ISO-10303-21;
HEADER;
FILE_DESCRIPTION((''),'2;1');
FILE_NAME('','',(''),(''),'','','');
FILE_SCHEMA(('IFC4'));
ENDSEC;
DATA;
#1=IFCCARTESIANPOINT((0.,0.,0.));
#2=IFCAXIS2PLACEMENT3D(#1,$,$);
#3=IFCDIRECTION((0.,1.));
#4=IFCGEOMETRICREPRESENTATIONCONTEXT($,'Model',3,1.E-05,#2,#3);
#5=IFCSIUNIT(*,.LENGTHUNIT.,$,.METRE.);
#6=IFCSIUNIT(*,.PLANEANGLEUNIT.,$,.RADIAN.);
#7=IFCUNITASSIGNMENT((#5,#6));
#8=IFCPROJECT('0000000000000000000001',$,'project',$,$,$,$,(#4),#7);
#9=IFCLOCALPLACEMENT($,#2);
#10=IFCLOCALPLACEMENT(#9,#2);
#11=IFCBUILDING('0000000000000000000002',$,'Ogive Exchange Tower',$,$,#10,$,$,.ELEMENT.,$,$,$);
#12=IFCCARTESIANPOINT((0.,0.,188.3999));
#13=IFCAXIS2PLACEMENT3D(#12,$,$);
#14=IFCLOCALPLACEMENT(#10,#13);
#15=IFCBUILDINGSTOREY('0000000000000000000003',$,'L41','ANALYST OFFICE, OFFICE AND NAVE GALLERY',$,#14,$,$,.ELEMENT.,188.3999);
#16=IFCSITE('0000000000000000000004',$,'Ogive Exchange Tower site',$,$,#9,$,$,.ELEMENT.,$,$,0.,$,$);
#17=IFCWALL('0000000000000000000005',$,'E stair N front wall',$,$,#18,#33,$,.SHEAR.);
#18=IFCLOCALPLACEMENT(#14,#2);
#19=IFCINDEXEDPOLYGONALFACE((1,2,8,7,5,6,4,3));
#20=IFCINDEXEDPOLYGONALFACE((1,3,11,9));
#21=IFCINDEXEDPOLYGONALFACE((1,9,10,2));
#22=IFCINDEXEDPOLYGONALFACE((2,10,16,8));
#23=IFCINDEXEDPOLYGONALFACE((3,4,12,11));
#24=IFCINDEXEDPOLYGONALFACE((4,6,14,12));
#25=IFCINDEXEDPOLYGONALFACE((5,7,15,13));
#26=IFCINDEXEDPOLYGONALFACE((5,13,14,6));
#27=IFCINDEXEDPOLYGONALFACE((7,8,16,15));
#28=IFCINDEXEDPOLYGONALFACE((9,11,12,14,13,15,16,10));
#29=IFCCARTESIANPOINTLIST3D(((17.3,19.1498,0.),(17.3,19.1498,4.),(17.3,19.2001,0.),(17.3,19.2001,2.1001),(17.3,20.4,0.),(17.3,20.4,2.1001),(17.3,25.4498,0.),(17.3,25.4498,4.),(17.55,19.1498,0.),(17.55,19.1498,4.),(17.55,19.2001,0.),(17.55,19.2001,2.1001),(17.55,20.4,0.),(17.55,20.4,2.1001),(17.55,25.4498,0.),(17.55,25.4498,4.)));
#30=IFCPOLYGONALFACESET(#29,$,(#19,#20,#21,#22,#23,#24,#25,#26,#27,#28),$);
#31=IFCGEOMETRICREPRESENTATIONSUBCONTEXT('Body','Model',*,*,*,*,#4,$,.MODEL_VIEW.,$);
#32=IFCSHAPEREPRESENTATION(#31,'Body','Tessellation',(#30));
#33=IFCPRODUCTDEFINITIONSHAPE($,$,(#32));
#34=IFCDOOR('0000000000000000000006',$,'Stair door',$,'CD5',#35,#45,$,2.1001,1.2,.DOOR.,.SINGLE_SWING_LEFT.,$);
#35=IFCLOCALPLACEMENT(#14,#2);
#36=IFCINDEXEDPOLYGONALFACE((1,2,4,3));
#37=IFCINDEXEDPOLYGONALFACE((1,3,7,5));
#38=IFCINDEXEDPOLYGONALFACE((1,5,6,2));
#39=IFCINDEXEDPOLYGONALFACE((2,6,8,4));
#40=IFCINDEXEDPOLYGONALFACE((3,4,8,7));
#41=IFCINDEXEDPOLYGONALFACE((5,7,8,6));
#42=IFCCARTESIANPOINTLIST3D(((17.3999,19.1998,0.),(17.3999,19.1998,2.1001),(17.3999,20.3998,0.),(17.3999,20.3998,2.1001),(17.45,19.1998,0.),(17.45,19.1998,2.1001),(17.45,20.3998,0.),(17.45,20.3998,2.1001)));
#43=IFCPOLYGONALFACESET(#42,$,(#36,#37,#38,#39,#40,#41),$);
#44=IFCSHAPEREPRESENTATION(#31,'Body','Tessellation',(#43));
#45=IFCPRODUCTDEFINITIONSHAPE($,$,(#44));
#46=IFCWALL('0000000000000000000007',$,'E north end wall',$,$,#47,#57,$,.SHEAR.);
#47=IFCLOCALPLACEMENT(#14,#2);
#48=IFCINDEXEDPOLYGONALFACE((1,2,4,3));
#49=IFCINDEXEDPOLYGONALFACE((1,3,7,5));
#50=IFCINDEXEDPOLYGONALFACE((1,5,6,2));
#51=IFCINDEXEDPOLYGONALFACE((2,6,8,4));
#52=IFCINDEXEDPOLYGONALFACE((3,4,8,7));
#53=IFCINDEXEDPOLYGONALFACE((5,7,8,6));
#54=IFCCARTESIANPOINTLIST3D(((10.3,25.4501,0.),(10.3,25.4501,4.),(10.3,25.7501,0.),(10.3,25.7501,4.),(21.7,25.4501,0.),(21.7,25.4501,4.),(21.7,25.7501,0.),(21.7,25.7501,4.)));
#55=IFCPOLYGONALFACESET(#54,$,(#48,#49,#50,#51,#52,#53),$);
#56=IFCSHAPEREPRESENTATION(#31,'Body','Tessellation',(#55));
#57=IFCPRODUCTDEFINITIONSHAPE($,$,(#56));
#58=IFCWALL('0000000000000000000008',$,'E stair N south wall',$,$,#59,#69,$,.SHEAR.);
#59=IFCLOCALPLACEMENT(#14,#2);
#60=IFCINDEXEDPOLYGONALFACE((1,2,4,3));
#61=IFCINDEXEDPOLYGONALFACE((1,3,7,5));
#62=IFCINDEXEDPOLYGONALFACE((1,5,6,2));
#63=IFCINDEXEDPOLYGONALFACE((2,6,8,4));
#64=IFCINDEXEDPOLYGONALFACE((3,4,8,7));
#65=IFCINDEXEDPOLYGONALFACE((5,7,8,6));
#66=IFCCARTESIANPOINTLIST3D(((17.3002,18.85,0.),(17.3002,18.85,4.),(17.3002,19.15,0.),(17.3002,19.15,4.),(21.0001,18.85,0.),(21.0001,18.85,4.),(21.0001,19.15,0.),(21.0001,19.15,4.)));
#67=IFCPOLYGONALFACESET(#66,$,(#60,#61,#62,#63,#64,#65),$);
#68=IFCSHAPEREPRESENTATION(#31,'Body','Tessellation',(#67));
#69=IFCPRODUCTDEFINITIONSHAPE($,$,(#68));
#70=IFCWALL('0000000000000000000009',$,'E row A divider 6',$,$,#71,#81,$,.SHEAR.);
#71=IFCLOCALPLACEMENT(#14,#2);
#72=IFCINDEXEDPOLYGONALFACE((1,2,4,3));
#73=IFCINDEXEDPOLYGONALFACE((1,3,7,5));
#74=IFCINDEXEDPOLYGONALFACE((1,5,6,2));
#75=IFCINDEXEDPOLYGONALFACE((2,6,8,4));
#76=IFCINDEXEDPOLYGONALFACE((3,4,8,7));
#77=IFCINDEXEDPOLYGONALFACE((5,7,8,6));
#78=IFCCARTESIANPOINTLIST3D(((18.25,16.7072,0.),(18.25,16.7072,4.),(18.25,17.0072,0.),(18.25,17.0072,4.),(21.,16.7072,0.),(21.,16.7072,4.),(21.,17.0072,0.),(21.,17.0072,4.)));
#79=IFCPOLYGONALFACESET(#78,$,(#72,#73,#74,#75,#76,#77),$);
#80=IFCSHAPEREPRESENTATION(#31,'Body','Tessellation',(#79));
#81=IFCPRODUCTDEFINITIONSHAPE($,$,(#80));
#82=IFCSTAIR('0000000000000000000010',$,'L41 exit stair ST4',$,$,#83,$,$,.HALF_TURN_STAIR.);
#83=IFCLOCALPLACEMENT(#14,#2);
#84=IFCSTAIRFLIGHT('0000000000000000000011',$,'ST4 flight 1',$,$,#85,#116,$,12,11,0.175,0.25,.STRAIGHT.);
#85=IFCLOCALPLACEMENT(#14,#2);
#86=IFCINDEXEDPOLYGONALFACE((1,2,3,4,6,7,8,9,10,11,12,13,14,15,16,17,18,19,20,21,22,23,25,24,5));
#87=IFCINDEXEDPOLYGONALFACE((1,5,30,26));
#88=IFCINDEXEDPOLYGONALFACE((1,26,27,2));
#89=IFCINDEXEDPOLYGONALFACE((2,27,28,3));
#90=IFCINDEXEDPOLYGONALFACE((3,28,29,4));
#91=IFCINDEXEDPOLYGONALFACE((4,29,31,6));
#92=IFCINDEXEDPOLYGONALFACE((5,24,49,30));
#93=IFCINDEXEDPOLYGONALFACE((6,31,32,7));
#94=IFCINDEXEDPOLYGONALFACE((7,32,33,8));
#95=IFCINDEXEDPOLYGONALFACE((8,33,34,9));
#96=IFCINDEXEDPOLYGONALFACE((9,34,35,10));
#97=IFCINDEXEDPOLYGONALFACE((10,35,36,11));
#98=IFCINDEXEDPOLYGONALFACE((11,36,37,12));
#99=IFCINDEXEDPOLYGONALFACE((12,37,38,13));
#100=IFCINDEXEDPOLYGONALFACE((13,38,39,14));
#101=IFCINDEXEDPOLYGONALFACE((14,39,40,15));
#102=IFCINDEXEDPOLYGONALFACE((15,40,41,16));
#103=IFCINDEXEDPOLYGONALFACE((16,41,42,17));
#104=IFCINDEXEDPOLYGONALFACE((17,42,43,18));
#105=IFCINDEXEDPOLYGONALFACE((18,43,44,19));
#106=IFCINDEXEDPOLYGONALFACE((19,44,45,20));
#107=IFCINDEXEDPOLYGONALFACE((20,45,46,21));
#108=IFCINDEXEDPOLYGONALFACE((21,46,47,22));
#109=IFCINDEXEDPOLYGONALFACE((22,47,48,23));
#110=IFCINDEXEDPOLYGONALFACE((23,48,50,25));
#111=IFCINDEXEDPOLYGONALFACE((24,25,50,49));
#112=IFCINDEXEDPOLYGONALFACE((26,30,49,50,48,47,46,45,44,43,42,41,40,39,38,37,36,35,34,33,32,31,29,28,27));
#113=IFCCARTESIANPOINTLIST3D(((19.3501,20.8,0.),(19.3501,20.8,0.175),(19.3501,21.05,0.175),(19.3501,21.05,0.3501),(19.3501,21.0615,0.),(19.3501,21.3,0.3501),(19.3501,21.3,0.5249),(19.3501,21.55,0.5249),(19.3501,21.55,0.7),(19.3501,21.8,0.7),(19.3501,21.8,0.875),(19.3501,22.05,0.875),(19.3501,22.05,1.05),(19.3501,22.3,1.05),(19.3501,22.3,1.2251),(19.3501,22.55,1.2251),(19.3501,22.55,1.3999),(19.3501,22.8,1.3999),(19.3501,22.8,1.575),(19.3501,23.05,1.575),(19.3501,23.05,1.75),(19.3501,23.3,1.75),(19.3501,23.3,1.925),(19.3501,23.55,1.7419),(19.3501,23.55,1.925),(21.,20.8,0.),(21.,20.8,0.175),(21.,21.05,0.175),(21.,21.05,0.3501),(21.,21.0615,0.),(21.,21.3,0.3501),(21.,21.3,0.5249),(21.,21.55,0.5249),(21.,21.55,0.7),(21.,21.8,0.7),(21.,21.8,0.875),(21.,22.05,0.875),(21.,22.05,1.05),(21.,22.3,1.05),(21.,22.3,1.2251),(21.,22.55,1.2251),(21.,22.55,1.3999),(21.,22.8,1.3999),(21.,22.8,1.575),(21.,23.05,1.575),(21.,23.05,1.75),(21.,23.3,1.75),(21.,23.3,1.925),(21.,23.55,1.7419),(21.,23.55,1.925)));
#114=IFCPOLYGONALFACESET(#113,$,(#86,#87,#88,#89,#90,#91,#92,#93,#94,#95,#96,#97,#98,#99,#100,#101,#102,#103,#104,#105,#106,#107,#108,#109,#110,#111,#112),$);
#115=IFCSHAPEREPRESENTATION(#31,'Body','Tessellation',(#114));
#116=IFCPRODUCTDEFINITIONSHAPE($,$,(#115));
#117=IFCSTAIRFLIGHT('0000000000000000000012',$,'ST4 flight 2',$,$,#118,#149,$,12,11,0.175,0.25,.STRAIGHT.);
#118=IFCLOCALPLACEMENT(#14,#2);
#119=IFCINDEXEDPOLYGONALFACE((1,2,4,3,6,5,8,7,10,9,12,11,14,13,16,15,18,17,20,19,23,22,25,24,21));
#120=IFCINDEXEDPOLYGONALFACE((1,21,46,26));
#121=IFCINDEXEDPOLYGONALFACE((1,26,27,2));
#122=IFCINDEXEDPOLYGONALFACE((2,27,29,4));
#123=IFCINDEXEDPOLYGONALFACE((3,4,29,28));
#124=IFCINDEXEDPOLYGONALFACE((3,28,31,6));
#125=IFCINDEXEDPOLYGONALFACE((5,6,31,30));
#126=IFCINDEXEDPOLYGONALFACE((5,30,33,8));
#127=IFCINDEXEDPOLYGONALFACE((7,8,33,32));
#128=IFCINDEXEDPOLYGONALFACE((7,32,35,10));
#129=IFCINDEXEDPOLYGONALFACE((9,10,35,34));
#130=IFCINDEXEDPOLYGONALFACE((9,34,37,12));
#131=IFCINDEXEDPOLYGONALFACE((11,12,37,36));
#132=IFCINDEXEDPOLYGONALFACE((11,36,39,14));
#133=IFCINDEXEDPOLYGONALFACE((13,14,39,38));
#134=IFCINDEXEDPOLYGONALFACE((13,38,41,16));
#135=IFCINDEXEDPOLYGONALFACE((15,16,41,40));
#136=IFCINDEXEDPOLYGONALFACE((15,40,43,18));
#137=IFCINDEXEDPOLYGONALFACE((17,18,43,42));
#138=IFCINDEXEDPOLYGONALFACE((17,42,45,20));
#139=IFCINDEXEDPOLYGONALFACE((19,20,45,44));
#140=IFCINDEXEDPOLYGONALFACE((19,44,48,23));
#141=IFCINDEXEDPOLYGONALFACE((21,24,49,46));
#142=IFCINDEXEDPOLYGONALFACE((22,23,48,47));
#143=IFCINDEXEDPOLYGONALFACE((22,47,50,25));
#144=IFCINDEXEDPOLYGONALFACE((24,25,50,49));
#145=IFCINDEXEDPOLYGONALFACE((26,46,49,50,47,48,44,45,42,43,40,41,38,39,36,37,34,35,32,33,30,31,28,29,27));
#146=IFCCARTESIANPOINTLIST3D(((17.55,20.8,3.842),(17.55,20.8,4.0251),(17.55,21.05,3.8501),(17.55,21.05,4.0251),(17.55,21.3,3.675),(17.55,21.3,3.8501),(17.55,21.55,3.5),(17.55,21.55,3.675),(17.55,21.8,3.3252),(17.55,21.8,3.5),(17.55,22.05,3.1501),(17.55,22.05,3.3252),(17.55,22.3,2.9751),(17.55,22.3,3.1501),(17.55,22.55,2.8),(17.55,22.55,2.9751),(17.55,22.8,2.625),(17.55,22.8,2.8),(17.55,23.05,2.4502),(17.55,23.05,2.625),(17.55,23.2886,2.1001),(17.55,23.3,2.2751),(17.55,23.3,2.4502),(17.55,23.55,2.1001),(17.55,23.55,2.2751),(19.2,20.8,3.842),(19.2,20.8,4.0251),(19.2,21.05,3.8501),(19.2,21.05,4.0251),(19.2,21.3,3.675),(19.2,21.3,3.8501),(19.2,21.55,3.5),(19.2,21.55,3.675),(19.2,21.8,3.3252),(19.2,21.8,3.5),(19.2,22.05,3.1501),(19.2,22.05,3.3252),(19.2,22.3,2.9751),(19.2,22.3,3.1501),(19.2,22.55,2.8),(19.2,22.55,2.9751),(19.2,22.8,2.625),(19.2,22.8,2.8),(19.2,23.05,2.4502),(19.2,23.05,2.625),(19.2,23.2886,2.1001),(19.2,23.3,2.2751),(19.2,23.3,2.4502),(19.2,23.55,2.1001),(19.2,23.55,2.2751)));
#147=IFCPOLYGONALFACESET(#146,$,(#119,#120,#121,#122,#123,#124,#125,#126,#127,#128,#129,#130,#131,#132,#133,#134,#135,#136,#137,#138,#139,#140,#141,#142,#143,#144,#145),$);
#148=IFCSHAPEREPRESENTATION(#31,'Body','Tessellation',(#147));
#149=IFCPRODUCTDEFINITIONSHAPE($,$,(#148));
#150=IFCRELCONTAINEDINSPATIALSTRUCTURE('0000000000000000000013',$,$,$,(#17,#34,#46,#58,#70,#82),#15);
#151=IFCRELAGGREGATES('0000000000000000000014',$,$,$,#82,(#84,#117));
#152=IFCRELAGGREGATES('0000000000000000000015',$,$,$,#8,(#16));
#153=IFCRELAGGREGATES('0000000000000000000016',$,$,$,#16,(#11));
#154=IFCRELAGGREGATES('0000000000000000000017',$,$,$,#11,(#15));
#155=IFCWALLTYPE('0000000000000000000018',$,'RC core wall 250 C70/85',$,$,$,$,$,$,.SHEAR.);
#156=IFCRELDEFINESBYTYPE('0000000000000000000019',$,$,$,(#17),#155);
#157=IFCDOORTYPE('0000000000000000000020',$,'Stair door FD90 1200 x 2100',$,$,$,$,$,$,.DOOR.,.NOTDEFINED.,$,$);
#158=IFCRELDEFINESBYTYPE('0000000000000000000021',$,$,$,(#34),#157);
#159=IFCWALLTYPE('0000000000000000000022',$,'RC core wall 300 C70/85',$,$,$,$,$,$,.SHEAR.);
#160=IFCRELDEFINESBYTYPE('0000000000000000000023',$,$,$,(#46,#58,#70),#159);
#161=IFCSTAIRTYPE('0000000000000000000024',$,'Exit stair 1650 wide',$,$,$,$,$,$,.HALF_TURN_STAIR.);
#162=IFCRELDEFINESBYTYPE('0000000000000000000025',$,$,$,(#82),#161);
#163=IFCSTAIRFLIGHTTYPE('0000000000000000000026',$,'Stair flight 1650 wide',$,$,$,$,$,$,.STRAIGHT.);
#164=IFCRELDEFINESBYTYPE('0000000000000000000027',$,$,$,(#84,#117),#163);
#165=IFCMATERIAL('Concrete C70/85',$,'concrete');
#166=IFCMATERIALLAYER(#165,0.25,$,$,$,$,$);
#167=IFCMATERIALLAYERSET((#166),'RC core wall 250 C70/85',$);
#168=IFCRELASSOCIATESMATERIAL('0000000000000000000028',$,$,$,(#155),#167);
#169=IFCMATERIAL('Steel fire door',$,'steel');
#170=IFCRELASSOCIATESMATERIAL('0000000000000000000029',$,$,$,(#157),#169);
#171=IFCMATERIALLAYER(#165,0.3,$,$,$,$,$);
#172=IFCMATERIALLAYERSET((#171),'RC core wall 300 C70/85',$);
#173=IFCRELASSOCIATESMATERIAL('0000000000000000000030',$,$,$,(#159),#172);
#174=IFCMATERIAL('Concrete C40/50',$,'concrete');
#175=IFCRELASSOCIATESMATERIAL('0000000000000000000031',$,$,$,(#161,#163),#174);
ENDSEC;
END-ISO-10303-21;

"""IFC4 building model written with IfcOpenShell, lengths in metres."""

from ifc_helpers import new_model, si_unit, direction, frame, frame_2d, origin, place, context, subcontext, project, spatial, polyline, rectangle, outline, extrude, material, layer, layer_set, type_object, element, fill, aggregate, save


model = new_model("IFC4")

# Units and contexts
model_context = context("Model", 3, precision=1e-05, world=origin(), true_north=direction((0.0, 1.0)))
body_context = subcontext(model_context, "Body", "Model", "MODEL_VIEW")
ifc_project = project(units=[si_unit("LENGTHUNIT", "METRE"), si_unit("PLANEANGLEUNIT", "RADIAN")], contexts=[model_context])

# Site, building, storey
site_placement = place(None, origin())
site = spatial("IfcSite", under=ifc_project, at=site_placement, Name="Ogive Exchange Tower site", CompositionType="ELEMENT", RefElevation=0.0)
building_placement = place(site_placement, origin())
building = spatial("IfcBuilding", under=site, at=building_placement, Name="Ogive Exchange Tower", CompositionType="ELEMENT")
storey_placement = place(building_placement, frame((0.0, 0.0, 188.3999)))
storey = spatial("IfcBuildingStorey", under=building, at=storey_placement, Name="L41", Description="ANALYST OFFICE, OFFICE AND NAVE GALLERY", CompositionType="ELEMENT", Elevation=188.3999)

# Wall, opening, door
ifc_material_1 = material(Name="Concrete C70/85", Category="concrete")
ifc_layer_1 = layer(ifc_material_1, 0.25)
ifc_layer_set_1 = layer_set([ifc_layer_1], Name="RC core wall 250 C70/85")
wall_type_1 = type_object("IfcWallType", Name="RC core wall 250 C70/85", PredefinedType="SHEAR", material=ifc_layer_set_1)
wall_1_placement = place(storey_placement, frame((17.425, 19.1499, 0.0), z_axis=(0.0, 0.0, 1.0), x_axis=(0.0, 1.0, 0.0)))
wall_1 = element("IfcWall", 1, at=wall_1_placement, inside=storey, type_object=wall_type_1, Name="E stair N front wall", PredefinedType="SHEAR", context=body_context, shape_type="SweptSolid", body=[
    extrude(rectangle(XDim=6.3, YDim=0.25, at=frame_2d((3.1499, 0.0))), origin(), (0.0, 0.0, 1.0), 4.0),
])
opening_placement = place(wall_1_placement, frame((0.05, 0.0, 0.0)))
opening = element("IfcOpeningElement", 2, at=opening_placement, cuts=wall_1, PredefinedType="OPENING", context=body_context, shape_type="SweptSolid", body=[
    extrude(rectangle(XDim=1.2, YDim=2.1001, at=frame_2d((0.6001, 1.05))), frame((0.0, 0.135, 0.0), z_axis=(0.0, -1.0, 0.0), x_axis=(1.0, 0.0, 0.0)), (0.0, 0.0, 1.0), 0.27),
])
ifc_material_2 = material(Name="Steel fire door", Category="steel")
door_type = type_object("IfcDoorType", Name="Stair door FD90 1200 x 2100", OperationType="NOTDEFINED", PredefinedType="DOOR", material=ifc_material_2)
door_placement = place(opening_placement, frame((1.2, 0.0, 0.0), z_axis=(0.0, 0.0, 1.0), x_axis=(-1.0, 0.0, 0.0)))
door = element("IfcDoor", 3, at=door_placement, inside=storey, type_object=door_type, Name="Stair door", ObjectType="CD5", OperationType="SINGLE_SWING_LEFT", OverallHeight=2.1001, OverallWidth=1.2, PredefinedType="DOOR", context=body_context, shape_type="SweptSolid", body=[
    extrude(rectangle(XDim=1.2, YDim=2.1001, at=frame_2d((0.6001, 1.05))), frame((0.0, 0.0249, 0.0), z_axis=(0.0, -1.0, 0.0), x_axis=(1.0, 0.0, 0.0)), (0.0, 0.0, 1.0), 0.05),
])
fill(opening, door)

# Walls
ifc_layer_2 = layer(ifc_material_1, 0.3)
ifc_layer_set_2 = layer_set([ifc_layer_2], Name="RC core wall 300 C70/85")
wall_type_2 = type_object("IfcWallType", Name="RC core wall 300 C70/85", PredefinedType="SHEAR", material=ifc_layer_set_2)
wall_2_placement = place(storey_placement, frame((10.3, 25.6001, 0.0), z_axis=(0.0, 0.0, 1.0), x_axis=(1.0, 0.0, 0.0)))
element("IfcWall", 4, at=wall_2_placement, inside=storey, type_object=wall_type_2, Name="E north end wall", PredefinedType="SHEAR", context=body_context, shape_type="SweptSolid", body=[
    extrude(rectangle(XDim=11.3999, YDim=0.3, at=frame_2d((5.7, 0.0))), origin(), (0.0, 0.0, 1.0), 4.0),
])
wall_3_placement = place(storey_placement, frame((17.3, 19.0, 0.0), z_axis=(0.0, 0.0, 1.0), x_axis=(1.0, 0.0, 0.0)))
element("IfcWall", 5, at=wall_3_placement, inside=storey, type_object=wall_type_2, Name="E stair N south wall", PredefinedType="SHEAR", context=body_context, shape_type="SweptSolid", body=[
    extrude(rectangle(XDim=3.7, YDim=0.3, at=frame_2d((1.8501, 0.0))), origin(), (0.0, 0.0, 1.0), 4.0),
])
wall_4_placement = place(storey_placement, frame((18.25, 16.8572, 0.0), z_axis=(0.0, 0.0, 1.0), x_axis=(1.0, 0.0, 0.0)))
element("IfcWall", 6, at=wall_4_placement, inside=storey, type_object=wall_type_2, Name="E row A divider 6", PredefinedType="SHEAR", context=body_context, shape_type="SweptSolid", body=[
    extrude(rectangle(XDim=2.75, YDim=0.3, at=frame_2d((1.375, 0.0))), origin(), (0.0, 0.0, 1.0), 4.0),
])

# Stair, stair flights
ifc_material_3 = material(Name="Concrete C40/50", Category="concrete")
stair_type = type_object("IfcStairType", Name="Exit stair 1650 wide", PredefinedType="HALF_TURN_STAIR", material=ifc_material_3)
stair_placement = place(storey_placement, origin())
stair = element("IfcStair", 7, at=stair_placement, inside=storey, type_object=stair_type, Name="L41 exit stair ST4", PredefinedType="HALF_TURN_STAIR")
stair_flight_type = type_object("IfcStairFlightType", Name="Stair flight 1650 wide", PredefinedType="STRAIGHT", material=ifc_material_3)
stair_flight_1_placement = place(storey_placement, frame((20.175, 20.8, 0.0), z_axis=(0.0, 0.0, 1.0), x_axis=(0.0, 1.0, 0.0)))
stair_flight_1 = element("IfcStairFlight", 8, at=stair_flight_1_placement, type_object=stair_flight_type, Name="ST4 flight 1", NumberOfRisers=12, NumberOfTreads=11, PredefinedType="STRAIGHT", RiserHeight=0.175, TreadLength=0.25, context=body_context, shape_type="SweptSolid", body=[
    extrude(outline(polyline([(0.0, 0.0), (0.0, 0.175), (0.25, 0.175), (0.25, 0.3501), (0.5, 0.3501), (0.5, 0.5249), (0.75, 0.5249), (0.75, 0.7), (1.0, 0.7), (1.0, 0.875), (1.25, 0.875), (1.25, 1.05), (1.5, 1.05), (1.5, 1.2251), (1.75, 1.2251), (1.75, 1.3999), (2.0, 1.3999), (2.0, 1.575), (2.25, 1.575), (2.25, 1.75), (2.5, 1.75), (2.5, 1.925), (2.75, 1.925), (2.75, 2.1001), (2.75, 1.7419), (0.2615, 0.0), (0.0, 0.0)])), frame((0.0, 0.825, 0.0), z_axis=(0.0, -1.0, 0.0), x_axis=(1.0, 0.0, 0.0)), (0.0, 0.0, 1.0), 1.6499),
])
stair_flight_2_placement = place(storey_placement, frame((18.375, 23.55, 2.1001), z_axis=(0.0, 0.0, 1.0), x_axis=(0.0, -1.0, 0.0)))
stair_flight_2 = element("IfcStairFlight", 9, at=stair_flight_2_placement, type_object=stair_flight_type, Name="ST4 flight 2", NumberOfRisers=12, NumberOfTreads=11, PredefinedType="STRAIGHT", RiserHeight=0.175, TreadLength=0.25, context=body_context, shape_type="SweptSolid", body=[
    extrude(outline(polyline([(0.0, 0.0), (0.0, 0.175), (0.25, 0.175), (0.25, 0.3501), (0.5, 0.3501), (0.5, 0.5249), (0.75, 0.5249), (0.75, 0.7), (1.0, 0.7), (1.0, 0.875), (1.25, 0.875), (1.25, 1.05), (1.5, 1.05), (1.5, 1.2251), (1.75, 1.2251), (1.75, 1.3999), (2.0, 1.3999), (2.0, 1.575), (2.25, 1.575), (2.25, 1.75), (2.5, 1.75), (2.5, 1.925), (2.75, 1.925), (2.75, 2.1001), (2.75, 1.7419), (0.2615, 0.0), (0.0, 0.0)])), frame((0.0, 0.825, 0.0), z_axis=(0.0, -1.0, 0.0), x_axis=(1.0, 0.0, 0.0)), (0.0, 0.0, 1.0), 1.6499),
])
aggregate(stair, [stair_flight_1, stair_flight_2])

save(model, "model.ifc")
